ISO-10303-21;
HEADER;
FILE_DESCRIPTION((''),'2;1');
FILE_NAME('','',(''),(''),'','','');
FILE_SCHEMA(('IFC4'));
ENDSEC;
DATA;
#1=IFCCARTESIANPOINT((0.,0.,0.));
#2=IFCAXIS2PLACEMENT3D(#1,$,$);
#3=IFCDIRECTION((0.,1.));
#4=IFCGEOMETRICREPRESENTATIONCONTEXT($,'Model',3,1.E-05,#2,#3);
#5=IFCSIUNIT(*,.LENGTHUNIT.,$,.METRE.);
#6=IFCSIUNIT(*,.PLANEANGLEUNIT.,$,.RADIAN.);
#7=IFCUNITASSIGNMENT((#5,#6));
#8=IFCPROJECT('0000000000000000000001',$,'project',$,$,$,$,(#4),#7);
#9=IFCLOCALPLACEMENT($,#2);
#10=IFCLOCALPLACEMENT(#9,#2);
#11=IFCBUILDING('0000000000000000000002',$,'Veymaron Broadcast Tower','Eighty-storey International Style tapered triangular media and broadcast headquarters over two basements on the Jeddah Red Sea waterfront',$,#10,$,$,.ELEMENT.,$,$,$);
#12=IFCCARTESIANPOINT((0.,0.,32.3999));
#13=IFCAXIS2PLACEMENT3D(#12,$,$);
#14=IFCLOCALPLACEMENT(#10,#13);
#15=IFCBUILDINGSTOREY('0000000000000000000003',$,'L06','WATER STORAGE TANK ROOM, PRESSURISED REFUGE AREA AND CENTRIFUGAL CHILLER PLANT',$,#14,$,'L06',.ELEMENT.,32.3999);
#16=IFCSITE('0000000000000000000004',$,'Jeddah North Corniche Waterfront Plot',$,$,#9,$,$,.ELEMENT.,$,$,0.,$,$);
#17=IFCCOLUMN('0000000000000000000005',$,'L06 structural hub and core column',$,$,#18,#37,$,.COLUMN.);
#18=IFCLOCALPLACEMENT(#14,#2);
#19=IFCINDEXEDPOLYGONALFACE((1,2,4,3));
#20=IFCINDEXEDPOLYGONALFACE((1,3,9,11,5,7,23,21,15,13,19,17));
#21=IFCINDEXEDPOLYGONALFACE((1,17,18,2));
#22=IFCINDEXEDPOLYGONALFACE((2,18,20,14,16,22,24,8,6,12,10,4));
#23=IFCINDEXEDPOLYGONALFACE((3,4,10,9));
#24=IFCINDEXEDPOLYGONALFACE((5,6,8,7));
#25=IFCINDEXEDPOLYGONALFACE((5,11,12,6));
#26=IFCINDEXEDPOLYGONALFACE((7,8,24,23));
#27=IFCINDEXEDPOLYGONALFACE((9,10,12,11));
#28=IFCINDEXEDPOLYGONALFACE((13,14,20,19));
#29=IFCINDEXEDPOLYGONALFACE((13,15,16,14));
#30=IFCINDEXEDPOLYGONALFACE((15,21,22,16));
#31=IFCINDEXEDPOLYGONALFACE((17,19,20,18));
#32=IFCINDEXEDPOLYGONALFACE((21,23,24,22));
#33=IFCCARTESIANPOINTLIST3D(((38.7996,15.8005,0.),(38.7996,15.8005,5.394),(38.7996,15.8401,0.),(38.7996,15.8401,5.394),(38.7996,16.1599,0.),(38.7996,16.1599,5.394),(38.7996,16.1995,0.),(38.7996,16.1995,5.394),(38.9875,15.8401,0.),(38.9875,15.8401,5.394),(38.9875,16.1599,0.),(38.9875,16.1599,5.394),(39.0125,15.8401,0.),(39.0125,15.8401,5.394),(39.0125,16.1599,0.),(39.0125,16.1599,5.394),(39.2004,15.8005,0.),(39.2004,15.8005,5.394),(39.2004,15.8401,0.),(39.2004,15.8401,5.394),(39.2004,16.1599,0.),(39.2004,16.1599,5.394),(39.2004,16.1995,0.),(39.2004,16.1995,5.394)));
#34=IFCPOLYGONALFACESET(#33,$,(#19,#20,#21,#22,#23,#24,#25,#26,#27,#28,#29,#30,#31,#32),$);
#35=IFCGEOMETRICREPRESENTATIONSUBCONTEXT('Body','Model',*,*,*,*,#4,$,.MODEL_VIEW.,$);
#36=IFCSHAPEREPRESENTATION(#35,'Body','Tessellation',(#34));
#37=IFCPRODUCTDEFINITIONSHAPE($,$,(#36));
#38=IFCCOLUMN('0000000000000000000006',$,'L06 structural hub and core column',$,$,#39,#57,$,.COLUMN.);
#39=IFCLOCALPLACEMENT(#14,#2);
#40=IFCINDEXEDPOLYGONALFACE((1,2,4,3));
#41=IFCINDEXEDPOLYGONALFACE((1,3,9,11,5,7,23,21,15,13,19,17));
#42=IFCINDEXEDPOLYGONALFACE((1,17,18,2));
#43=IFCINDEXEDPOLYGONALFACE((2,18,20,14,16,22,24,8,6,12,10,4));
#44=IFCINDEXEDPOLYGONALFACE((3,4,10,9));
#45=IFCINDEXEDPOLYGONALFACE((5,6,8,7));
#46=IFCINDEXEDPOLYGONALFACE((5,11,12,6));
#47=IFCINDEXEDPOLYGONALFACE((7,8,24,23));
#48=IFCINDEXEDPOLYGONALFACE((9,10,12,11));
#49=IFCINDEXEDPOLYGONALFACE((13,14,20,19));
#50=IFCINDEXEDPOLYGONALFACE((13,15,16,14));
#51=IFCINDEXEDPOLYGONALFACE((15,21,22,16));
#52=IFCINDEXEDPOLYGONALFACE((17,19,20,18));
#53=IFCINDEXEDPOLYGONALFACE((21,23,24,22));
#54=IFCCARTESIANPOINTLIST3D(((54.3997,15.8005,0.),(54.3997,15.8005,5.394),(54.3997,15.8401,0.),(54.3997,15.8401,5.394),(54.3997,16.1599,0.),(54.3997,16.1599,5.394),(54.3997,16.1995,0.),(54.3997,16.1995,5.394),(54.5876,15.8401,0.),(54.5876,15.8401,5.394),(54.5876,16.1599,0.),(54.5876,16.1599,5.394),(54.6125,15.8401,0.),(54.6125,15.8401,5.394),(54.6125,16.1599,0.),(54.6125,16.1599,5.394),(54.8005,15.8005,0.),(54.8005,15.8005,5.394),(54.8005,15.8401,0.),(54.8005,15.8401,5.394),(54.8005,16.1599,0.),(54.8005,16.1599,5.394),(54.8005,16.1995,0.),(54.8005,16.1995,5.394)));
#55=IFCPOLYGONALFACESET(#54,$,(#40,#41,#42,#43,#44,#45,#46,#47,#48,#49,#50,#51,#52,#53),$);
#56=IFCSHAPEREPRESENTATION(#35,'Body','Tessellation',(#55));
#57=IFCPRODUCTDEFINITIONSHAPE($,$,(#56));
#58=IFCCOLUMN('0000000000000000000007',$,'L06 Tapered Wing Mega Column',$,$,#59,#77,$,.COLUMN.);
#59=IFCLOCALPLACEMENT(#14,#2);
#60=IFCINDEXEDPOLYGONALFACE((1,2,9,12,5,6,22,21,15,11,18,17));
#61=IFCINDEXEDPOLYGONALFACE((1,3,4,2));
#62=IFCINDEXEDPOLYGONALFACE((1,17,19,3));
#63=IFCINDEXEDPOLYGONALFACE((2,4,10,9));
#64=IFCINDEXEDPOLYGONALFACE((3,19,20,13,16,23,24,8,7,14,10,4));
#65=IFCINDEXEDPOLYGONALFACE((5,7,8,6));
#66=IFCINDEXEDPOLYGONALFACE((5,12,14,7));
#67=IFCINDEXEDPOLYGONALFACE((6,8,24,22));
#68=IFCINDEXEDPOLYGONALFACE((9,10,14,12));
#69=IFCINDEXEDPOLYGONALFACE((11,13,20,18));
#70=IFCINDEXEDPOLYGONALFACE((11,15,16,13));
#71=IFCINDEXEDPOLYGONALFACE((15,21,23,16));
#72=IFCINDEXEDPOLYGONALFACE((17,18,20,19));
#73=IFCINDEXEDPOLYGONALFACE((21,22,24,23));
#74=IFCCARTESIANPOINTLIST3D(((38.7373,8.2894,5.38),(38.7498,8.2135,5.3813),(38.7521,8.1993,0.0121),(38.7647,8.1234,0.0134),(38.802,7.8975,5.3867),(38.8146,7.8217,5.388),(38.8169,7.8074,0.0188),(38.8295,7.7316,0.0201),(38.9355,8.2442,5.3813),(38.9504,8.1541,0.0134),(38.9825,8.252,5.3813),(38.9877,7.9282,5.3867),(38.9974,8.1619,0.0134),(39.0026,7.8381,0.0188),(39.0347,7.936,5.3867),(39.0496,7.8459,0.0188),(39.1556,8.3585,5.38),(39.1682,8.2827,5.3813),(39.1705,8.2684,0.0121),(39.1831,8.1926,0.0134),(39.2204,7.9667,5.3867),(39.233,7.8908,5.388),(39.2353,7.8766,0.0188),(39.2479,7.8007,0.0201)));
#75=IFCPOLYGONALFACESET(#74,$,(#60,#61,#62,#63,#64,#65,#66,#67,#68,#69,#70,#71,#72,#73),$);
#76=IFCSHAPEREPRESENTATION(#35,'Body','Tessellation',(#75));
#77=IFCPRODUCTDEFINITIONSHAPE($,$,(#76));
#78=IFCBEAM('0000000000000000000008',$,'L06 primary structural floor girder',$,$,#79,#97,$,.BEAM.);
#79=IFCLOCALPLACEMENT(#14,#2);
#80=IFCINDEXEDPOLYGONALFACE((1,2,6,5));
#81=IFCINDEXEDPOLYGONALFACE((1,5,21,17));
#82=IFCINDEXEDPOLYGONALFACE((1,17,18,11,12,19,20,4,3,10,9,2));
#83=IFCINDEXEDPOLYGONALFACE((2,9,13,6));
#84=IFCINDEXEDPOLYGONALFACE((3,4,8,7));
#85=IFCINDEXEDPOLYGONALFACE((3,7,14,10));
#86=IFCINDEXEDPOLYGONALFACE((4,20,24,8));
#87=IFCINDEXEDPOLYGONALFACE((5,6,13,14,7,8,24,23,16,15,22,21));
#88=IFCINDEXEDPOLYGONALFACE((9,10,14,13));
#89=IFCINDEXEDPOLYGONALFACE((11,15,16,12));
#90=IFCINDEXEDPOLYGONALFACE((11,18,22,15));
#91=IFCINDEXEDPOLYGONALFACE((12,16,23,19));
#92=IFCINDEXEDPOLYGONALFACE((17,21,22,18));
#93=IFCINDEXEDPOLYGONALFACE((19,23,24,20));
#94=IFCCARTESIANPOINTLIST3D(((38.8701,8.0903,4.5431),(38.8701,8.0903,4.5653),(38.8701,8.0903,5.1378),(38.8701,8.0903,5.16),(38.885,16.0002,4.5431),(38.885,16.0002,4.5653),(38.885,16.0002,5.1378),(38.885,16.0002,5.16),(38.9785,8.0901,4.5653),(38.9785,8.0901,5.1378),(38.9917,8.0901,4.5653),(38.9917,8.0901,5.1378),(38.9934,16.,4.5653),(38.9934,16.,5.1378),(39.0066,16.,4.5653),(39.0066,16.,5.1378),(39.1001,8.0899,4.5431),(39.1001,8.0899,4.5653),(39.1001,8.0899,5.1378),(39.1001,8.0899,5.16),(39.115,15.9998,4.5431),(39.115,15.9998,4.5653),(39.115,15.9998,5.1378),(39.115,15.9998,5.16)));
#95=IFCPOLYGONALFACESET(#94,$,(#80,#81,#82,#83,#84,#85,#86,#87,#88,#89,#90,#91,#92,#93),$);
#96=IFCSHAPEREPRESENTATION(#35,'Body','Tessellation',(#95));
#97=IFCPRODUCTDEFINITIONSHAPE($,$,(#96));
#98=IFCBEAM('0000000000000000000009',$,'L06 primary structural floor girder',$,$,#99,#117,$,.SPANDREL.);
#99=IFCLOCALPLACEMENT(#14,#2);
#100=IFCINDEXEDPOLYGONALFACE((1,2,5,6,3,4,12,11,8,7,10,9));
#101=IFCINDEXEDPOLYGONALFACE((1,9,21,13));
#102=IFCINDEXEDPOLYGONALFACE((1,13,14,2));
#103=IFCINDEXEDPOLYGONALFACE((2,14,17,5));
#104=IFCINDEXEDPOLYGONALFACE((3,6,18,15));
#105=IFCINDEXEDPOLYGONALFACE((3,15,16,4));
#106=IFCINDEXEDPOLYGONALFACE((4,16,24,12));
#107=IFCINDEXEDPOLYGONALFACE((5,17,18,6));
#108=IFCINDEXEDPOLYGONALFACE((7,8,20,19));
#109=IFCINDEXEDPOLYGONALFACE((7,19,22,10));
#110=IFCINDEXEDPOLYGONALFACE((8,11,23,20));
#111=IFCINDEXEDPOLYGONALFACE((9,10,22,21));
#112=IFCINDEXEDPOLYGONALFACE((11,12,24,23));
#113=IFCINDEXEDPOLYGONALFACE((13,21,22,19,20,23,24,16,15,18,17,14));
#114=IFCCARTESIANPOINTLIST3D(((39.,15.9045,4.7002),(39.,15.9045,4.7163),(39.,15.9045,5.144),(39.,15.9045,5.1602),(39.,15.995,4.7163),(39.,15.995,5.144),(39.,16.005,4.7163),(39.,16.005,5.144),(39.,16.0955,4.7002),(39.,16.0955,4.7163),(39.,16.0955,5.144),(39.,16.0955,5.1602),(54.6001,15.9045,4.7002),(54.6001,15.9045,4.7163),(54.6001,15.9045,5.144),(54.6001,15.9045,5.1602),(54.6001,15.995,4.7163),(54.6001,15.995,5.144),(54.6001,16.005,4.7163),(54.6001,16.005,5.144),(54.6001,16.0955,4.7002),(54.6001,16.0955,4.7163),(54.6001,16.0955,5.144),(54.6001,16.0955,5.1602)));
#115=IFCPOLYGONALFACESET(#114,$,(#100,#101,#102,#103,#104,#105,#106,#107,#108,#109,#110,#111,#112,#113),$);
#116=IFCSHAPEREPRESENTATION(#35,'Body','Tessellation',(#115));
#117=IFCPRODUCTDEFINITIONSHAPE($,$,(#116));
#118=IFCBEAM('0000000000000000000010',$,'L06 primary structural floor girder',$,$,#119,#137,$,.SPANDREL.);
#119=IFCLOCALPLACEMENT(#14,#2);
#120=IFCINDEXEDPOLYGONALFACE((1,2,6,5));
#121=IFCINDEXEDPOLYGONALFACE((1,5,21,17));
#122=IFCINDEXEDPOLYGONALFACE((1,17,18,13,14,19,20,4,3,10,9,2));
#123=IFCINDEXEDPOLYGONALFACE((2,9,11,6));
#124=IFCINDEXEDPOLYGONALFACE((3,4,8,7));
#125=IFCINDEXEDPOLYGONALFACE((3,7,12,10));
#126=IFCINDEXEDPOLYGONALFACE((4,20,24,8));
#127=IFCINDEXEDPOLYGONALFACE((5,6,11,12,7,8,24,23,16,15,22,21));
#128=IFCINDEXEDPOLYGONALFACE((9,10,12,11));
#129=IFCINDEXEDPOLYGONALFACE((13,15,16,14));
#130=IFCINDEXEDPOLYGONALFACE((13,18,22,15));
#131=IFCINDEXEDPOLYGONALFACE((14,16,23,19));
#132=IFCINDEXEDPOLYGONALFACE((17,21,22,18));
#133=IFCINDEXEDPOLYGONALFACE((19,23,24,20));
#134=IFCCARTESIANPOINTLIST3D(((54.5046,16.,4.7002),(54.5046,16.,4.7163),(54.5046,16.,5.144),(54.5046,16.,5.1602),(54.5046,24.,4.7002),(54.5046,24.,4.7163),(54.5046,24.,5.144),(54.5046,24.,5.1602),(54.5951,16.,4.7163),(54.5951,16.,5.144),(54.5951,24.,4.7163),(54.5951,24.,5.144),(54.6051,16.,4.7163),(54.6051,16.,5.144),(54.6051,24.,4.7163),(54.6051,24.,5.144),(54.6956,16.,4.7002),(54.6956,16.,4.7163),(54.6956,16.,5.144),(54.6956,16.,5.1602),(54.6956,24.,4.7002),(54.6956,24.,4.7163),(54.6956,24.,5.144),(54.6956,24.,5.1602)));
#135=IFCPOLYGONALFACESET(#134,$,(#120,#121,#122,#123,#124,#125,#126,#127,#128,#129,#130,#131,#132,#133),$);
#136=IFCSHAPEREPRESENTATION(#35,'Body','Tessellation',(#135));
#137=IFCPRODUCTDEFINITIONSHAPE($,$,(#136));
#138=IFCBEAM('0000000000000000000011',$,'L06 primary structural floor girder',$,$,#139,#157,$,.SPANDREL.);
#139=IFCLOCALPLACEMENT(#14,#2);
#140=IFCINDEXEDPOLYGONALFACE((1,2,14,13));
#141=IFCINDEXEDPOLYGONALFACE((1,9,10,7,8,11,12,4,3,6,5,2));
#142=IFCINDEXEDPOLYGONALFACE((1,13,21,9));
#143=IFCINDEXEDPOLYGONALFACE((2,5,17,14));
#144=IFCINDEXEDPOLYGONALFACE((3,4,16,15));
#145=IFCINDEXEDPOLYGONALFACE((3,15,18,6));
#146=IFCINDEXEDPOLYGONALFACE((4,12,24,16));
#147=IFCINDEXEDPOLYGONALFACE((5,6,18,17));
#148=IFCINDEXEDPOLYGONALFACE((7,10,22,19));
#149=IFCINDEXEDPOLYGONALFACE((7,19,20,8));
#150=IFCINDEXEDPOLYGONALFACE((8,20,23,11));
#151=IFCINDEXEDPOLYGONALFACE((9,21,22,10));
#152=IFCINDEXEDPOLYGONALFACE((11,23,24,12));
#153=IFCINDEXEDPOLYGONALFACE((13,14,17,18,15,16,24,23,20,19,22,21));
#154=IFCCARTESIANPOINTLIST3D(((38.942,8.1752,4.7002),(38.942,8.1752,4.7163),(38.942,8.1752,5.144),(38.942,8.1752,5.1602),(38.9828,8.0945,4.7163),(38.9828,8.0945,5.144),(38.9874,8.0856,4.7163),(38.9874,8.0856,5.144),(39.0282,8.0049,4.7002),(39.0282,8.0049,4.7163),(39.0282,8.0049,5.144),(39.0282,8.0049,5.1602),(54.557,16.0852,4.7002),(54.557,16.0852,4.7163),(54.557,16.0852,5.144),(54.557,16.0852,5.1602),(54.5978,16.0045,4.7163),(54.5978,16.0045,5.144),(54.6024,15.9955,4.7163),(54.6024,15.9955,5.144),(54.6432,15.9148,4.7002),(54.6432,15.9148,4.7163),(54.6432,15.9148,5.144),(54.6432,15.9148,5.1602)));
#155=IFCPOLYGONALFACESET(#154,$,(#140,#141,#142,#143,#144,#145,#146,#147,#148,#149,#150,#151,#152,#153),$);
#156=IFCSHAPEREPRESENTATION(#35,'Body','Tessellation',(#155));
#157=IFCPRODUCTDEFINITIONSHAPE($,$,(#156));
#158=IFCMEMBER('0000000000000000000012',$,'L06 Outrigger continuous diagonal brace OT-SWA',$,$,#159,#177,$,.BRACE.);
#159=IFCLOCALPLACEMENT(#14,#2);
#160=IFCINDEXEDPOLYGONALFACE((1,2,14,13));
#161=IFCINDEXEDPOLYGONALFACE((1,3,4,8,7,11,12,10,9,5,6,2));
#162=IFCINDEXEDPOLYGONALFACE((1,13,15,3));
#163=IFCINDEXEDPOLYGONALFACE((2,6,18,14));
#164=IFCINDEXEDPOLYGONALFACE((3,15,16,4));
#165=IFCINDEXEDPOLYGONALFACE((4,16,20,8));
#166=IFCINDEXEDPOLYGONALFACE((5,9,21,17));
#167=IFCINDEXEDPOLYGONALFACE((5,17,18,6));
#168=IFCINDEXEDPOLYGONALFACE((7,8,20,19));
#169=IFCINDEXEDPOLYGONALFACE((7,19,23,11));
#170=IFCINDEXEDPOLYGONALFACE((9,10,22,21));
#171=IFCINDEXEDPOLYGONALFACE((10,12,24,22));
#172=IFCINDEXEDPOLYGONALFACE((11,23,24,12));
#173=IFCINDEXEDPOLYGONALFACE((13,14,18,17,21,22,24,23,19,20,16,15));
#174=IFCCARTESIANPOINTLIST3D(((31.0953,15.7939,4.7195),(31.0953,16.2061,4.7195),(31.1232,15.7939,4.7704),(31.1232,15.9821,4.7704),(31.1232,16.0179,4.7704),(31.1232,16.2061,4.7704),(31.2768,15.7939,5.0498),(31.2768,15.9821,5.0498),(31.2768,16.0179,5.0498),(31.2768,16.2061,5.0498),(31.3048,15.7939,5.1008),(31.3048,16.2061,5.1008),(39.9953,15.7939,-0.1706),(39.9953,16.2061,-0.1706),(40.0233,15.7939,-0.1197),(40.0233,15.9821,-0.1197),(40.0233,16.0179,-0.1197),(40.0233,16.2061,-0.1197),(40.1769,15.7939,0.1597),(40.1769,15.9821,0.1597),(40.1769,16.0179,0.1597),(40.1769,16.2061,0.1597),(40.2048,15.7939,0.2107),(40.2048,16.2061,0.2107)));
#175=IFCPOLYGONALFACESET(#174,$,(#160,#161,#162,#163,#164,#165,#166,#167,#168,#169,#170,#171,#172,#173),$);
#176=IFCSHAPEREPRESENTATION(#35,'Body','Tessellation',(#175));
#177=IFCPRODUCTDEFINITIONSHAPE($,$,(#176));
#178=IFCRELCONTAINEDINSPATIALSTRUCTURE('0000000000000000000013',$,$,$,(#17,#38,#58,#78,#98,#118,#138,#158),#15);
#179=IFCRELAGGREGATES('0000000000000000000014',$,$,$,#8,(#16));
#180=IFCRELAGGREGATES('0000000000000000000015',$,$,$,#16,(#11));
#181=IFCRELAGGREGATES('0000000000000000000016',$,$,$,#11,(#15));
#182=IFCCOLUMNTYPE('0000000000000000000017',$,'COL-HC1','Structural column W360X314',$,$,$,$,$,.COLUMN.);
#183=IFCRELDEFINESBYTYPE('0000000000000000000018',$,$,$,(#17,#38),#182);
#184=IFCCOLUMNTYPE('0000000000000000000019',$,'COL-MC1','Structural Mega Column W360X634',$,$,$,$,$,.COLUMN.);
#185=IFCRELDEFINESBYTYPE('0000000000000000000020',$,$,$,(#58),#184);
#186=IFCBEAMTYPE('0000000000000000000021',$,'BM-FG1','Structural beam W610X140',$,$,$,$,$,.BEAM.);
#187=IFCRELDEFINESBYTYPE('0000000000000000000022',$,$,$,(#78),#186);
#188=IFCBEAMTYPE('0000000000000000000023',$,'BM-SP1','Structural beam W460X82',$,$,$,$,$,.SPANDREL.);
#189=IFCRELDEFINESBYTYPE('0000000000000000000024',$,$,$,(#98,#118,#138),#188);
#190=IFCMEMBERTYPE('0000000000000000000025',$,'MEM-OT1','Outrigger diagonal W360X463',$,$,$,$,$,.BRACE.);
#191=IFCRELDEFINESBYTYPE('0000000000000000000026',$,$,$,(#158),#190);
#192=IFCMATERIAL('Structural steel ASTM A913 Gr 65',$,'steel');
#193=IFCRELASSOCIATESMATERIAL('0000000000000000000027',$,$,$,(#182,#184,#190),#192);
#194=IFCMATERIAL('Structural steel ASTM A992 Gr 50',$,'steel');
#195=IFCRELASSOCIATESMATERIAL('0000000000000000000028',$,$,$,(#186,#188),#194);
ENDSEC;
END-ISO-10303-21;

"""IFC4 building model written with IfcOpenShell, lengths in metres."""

from ifc_helpers import new_model, si_unit, direction, frame, origin, origin_2d, place, context, subcontext, project, spatial, i_section, extrude, material, material_profile, profile_set, type_object, element, save


model = new_model("IFC4")

# Units and contexts
model_context = context("Model", 3, precision=1e-05, world=origin(), true_north=direction((0.0, 1.0)))
body_context = subcontext(model_context, "Body", "Model", "MODEL_VIEW")
ifc_project = project(units=[si_unit("LENGTHUNIT", "METRE"), si_unit("PLANEANGLEUNIT", "RADIAN")], contexts=[model_context])

# Site, building, storey
site_placement = place(None, origin())
site = spatial("IfcSite", under=ifc_project, at=site_placement, Name="Jeddah North Corniche Waterfront Plot", CompositionType="ELEMENT", RefElevation=0.0)
building_placement = place(site_placement, origin())
building = spatial("IfcBuilding", under=site, at=building_placement, Name="Veymaron Broadcast Tower", Description="Eighty-storey International Style tapered triangular media and broadcast headquarters over two basements on the Jeddah Red Sea waterfront", CompositionType="ELEMENT")
storey_placement = place(building_placement, frame((0.0, 0.0, 32.3999)))
storey = spatial("IfcBuildingStorey", under=building, at=storey_placement, Name="L06", Description="WATER STORAGE TANK ROOM, PRESSURISED REFUGE AREA AND CENTRIFUGAL CHILLER PLANT", LongName="L06", CompositionType="ELEMENT", Elevation=32.3999)

# Columns
ifc_material_1 = material(Name="Structural steel ASTM A913 Gr 65", Category="steel")
ifc_material_profile_1 = material_profile(ifc_material_1, i_section(OverallWidth=0.4009, OverallDepth=0.3989, WebThickness=0.0249, FlangeThickness=0.0396, at=origin_2d()), Name="W360X314")
ifc_profile_set_1 = profile_set([ifc_material_profile_1], Name="Structural steel ASTM A913 Gr 65")
column_type_1 = type_object("IfcColumnType", Name="COL-HC1", Description="Structural column W360X314", PredefinedType="COLUMN", material=ifc_profile_set_1)
for number, where, z_axis, x_axis, name in (
    (1, (39.0, 16.0, 0.0), (0.0, 0.0, 1.0), (1.0, 0.0, 0.0), "L06 structural hub and core column"),
    (2, (54.6001, 16.0, 0.0), (0.0, 0.0, 1.0), (1.0, 0.0, 0.0), "L06 structural hub and core column"),
):
    element("IfcColumn", number, at=place(storey_placement, frame(where, z_axis=z_axis, x_axis=x_axis)), inside=storey, type_object=column_type_1, Name=name, PredefinedType="COLUMN", context=body_context, shape_type="SweptSolid", body=[
        extrude(i_section(OverallWidth=0.4009, OverallDepth=0.3989, WebThickness=0.0249, FlangeThickness=0.0396, at=origin_2d()), origin(), (0.0, 0.0, 1.0), 5.394),
    ])
ifc_material_profile_2 = material_profile(ifc_material_1, i_section(OverallWidth=0.4241, OverallDepth=0.4741, WebThickness=0.0476, FlangeThickness=0.0769, at=origin_2d()), Name="W360X634")
ifc_profile_set_2 = profile_set([ifc_material_profile_2], Name="Structural steel ASTM A913 Gr 65")
column_type_2 = type_object("IfcColumnType", Name="COL-MC1", Description="Structural Mega Column W360X634", PredefinedType="COLUMN", material=ifc_profile_set_2)
column_placement = place(storey_placement, frame((39.0, 8.0, 0.0161), z_axis=(-0.002774, 0.01678, 0.999855), x_axis=(-0.98661, -0.163098, 0.0)))
element("IfcColumn", 3, at=column_placement, inside=storey, type_object=column_type_2, Name="L06 Tapered Wing Mega Column", PredefinedType="COLUMN", context=body_context, shape_type="SweptSolid", body=[
    extrude(i_section(OverallWidth=0.4241, OverallDepth=0.4741, WebThickness=0.0476, FlangeThickness=0.0769, at=origin_2d()), origin(), (0.0, 0.0, 1.0), 5.3687),
])

# Beams
ifc_material_2 = material(Name="Structural steel ASTM A992 Gr 50", Category="steel")
ifc_material_profile_3 = material_profile(ifc_material_2, i_section(OverallWidth=0.23, OverallDepth=0.6169, WebThickness=0.0132, FlangeThickness=0.0222, at=origin_2d()), Name="W610X140")
ifc_profile_set_3 = profile_set([ifc_material_profile_3], Name="Structural steel ASTM A992 Gr 50")
beam_type_1 = type_object("IfcBeamType", Name="BM-FG1", Description="Structural beam W610X140", PredefinedType="BEAM", material=ifc_profile_set_3)
beam_1_placement = place(storey_placement, frame((39.0, 16.0, 4.8516), z_axis=(-0.001883, -0.999998, 0.0), x_axis=(0.999998, -0.001883, 0.0)))
element("IfcBeam", 4, at=beam_1_placement, inside=storey, type_object=beam_type_1, Name="L06 primary structural floor girder", PredefinedType="BEAM", context=body_context, shape_type="SweptSolid", body=[
    extrude(i_section(OverallWidth=0.23, OverallDepth=0.6169, WebThickness=0.0132, FlangeThickness=0.0222, at=origin_2d()), origin(), (0.0, 0.0, 1.0), 7.9099),
])
ifc_material_profile_4 = material_profile(ifc_material_2, i_section(OverallWidth=0.1909, OverallDepth=0.46, WebThickness=0.01, FlangeThickness=0.0161, at=origin_2d()), Name="W460X82")
ifc_profile_set_4 = profile_set([ifc_material_profile_4], Name="Structural steel ASTM A992 Gr 50")
beam_type_2 = type_object("IfcBeamType", Name="BM-SP1", Description="Structural beam W460X82", PredefinedType="SPANDREL", material=ifc_profile_set_4)
beam_2_placement = place(storey_placement, frame((39.0, 16.0, 4.9302), z_axis=(1.0, 0.0, 0.0), x_axis=(0.0, 1.0, 0.0)))
element("IfcBeam", 5, at=beam_2_placement, inside=storey, type_object=beam_type_2, Name="L06 primary structural floor girder", PredefinedType="SPANDREL", context=body_context, shape_type="SweptSolid", body=[
    extrude(i_section(OverallWidth=0.1909, OverallDepth=0.46, WebThickness=0.01, FlangeThickness=0.0161, at=origin_2d()), origin(), (0.0, 0.0, 1.0), 15.6001),
])
beam_3_placement = place(storey_placement, frame((54.6001, 16.0, 4.9302), z_axis=(0.0, 1.0, 0.0), x_axis=(-1.0, 0.0, 0.0)))
element("IfcBeam", 6, at=beam_3_placement, inside=storey, type_object=beam_type_2, Name="L06 primary structural floor girder", PredefinedType="SPANDREL", context=body_context, shape_type="SweptSolid", body=[
    extrude(i_section(OverallWidth=0.1909, OverallDepth=0.46, WebThickness=0.01, FlangeThickness=0.0161, at=origin_2d()), origin(), (0.0, 0.0, 1.0), 8.0),
])
beam_4_placement = place(storey_placement, frame((54.6001, 16.0, 4.9302), z_axis=(-0.892075, -0.451888, 0.0), x_axis=(0.451888, -0.892075, 0.0)))
element("IfcBeam", 7, at=beam_4_placement, inside=storey, type_object=beam_type_2, Name="L06 primary structural floor girder", PredefinedType="SPANDREL", context=body_context, shape_type="SweptSolid", body=[
    extrude(i_section(OverallWidth=0.1909, OverallDepth=0.46, WebThickness=0.01, FlangeThickness=0.0161, at=origin_2d()), origin(), (0.0, 0.0, 1.0), 17.5042),
])

# Member
ifc_material_profile_5 = material_profile(ifc_material_1, i_section(OverallWidth=0.4121, OverallDepth=0.4351, WebThickness=0.0359, FlangeThickness=0.0581, at=origin_2d()), Name="W360X463")
ifc_profile_set_5 = profile_set([ifc_material_profile_5], Name="Structural steel ASTM A913 Gr 65")
member_type = type_object("IfcMemberType", Name="MEM-OT1", Description="Outrigger diagonal W360X463", PredefinedType="BRACE", material=ifc_profile_set_5)
member_1_placement = place(storey_placement, frame((40.1001, 16.0, 0.02), z_axis=(-0.876421, 0.0, 0.481545), x_axis=(0.0, -1.0, 0.0)))
element("IfcMember", 8, at=member_1_placement, inside=storey, type_object=member_type, Name="L06 Outrigger continuous diagonal brace OT-SWA", PredefinedType="BRACE", context=body_context, shape_type="SweptSolid", body=[
    extrude(i_section(OverallWidth=0.4121, OverallDepth=0.4351, WebThickness=0.0359, FlangeThickness=0.0581, at=origin_2d()), origin(), (0.0, 0.0, 1.0), 10.155),
])

save(model, "model.ifc")
